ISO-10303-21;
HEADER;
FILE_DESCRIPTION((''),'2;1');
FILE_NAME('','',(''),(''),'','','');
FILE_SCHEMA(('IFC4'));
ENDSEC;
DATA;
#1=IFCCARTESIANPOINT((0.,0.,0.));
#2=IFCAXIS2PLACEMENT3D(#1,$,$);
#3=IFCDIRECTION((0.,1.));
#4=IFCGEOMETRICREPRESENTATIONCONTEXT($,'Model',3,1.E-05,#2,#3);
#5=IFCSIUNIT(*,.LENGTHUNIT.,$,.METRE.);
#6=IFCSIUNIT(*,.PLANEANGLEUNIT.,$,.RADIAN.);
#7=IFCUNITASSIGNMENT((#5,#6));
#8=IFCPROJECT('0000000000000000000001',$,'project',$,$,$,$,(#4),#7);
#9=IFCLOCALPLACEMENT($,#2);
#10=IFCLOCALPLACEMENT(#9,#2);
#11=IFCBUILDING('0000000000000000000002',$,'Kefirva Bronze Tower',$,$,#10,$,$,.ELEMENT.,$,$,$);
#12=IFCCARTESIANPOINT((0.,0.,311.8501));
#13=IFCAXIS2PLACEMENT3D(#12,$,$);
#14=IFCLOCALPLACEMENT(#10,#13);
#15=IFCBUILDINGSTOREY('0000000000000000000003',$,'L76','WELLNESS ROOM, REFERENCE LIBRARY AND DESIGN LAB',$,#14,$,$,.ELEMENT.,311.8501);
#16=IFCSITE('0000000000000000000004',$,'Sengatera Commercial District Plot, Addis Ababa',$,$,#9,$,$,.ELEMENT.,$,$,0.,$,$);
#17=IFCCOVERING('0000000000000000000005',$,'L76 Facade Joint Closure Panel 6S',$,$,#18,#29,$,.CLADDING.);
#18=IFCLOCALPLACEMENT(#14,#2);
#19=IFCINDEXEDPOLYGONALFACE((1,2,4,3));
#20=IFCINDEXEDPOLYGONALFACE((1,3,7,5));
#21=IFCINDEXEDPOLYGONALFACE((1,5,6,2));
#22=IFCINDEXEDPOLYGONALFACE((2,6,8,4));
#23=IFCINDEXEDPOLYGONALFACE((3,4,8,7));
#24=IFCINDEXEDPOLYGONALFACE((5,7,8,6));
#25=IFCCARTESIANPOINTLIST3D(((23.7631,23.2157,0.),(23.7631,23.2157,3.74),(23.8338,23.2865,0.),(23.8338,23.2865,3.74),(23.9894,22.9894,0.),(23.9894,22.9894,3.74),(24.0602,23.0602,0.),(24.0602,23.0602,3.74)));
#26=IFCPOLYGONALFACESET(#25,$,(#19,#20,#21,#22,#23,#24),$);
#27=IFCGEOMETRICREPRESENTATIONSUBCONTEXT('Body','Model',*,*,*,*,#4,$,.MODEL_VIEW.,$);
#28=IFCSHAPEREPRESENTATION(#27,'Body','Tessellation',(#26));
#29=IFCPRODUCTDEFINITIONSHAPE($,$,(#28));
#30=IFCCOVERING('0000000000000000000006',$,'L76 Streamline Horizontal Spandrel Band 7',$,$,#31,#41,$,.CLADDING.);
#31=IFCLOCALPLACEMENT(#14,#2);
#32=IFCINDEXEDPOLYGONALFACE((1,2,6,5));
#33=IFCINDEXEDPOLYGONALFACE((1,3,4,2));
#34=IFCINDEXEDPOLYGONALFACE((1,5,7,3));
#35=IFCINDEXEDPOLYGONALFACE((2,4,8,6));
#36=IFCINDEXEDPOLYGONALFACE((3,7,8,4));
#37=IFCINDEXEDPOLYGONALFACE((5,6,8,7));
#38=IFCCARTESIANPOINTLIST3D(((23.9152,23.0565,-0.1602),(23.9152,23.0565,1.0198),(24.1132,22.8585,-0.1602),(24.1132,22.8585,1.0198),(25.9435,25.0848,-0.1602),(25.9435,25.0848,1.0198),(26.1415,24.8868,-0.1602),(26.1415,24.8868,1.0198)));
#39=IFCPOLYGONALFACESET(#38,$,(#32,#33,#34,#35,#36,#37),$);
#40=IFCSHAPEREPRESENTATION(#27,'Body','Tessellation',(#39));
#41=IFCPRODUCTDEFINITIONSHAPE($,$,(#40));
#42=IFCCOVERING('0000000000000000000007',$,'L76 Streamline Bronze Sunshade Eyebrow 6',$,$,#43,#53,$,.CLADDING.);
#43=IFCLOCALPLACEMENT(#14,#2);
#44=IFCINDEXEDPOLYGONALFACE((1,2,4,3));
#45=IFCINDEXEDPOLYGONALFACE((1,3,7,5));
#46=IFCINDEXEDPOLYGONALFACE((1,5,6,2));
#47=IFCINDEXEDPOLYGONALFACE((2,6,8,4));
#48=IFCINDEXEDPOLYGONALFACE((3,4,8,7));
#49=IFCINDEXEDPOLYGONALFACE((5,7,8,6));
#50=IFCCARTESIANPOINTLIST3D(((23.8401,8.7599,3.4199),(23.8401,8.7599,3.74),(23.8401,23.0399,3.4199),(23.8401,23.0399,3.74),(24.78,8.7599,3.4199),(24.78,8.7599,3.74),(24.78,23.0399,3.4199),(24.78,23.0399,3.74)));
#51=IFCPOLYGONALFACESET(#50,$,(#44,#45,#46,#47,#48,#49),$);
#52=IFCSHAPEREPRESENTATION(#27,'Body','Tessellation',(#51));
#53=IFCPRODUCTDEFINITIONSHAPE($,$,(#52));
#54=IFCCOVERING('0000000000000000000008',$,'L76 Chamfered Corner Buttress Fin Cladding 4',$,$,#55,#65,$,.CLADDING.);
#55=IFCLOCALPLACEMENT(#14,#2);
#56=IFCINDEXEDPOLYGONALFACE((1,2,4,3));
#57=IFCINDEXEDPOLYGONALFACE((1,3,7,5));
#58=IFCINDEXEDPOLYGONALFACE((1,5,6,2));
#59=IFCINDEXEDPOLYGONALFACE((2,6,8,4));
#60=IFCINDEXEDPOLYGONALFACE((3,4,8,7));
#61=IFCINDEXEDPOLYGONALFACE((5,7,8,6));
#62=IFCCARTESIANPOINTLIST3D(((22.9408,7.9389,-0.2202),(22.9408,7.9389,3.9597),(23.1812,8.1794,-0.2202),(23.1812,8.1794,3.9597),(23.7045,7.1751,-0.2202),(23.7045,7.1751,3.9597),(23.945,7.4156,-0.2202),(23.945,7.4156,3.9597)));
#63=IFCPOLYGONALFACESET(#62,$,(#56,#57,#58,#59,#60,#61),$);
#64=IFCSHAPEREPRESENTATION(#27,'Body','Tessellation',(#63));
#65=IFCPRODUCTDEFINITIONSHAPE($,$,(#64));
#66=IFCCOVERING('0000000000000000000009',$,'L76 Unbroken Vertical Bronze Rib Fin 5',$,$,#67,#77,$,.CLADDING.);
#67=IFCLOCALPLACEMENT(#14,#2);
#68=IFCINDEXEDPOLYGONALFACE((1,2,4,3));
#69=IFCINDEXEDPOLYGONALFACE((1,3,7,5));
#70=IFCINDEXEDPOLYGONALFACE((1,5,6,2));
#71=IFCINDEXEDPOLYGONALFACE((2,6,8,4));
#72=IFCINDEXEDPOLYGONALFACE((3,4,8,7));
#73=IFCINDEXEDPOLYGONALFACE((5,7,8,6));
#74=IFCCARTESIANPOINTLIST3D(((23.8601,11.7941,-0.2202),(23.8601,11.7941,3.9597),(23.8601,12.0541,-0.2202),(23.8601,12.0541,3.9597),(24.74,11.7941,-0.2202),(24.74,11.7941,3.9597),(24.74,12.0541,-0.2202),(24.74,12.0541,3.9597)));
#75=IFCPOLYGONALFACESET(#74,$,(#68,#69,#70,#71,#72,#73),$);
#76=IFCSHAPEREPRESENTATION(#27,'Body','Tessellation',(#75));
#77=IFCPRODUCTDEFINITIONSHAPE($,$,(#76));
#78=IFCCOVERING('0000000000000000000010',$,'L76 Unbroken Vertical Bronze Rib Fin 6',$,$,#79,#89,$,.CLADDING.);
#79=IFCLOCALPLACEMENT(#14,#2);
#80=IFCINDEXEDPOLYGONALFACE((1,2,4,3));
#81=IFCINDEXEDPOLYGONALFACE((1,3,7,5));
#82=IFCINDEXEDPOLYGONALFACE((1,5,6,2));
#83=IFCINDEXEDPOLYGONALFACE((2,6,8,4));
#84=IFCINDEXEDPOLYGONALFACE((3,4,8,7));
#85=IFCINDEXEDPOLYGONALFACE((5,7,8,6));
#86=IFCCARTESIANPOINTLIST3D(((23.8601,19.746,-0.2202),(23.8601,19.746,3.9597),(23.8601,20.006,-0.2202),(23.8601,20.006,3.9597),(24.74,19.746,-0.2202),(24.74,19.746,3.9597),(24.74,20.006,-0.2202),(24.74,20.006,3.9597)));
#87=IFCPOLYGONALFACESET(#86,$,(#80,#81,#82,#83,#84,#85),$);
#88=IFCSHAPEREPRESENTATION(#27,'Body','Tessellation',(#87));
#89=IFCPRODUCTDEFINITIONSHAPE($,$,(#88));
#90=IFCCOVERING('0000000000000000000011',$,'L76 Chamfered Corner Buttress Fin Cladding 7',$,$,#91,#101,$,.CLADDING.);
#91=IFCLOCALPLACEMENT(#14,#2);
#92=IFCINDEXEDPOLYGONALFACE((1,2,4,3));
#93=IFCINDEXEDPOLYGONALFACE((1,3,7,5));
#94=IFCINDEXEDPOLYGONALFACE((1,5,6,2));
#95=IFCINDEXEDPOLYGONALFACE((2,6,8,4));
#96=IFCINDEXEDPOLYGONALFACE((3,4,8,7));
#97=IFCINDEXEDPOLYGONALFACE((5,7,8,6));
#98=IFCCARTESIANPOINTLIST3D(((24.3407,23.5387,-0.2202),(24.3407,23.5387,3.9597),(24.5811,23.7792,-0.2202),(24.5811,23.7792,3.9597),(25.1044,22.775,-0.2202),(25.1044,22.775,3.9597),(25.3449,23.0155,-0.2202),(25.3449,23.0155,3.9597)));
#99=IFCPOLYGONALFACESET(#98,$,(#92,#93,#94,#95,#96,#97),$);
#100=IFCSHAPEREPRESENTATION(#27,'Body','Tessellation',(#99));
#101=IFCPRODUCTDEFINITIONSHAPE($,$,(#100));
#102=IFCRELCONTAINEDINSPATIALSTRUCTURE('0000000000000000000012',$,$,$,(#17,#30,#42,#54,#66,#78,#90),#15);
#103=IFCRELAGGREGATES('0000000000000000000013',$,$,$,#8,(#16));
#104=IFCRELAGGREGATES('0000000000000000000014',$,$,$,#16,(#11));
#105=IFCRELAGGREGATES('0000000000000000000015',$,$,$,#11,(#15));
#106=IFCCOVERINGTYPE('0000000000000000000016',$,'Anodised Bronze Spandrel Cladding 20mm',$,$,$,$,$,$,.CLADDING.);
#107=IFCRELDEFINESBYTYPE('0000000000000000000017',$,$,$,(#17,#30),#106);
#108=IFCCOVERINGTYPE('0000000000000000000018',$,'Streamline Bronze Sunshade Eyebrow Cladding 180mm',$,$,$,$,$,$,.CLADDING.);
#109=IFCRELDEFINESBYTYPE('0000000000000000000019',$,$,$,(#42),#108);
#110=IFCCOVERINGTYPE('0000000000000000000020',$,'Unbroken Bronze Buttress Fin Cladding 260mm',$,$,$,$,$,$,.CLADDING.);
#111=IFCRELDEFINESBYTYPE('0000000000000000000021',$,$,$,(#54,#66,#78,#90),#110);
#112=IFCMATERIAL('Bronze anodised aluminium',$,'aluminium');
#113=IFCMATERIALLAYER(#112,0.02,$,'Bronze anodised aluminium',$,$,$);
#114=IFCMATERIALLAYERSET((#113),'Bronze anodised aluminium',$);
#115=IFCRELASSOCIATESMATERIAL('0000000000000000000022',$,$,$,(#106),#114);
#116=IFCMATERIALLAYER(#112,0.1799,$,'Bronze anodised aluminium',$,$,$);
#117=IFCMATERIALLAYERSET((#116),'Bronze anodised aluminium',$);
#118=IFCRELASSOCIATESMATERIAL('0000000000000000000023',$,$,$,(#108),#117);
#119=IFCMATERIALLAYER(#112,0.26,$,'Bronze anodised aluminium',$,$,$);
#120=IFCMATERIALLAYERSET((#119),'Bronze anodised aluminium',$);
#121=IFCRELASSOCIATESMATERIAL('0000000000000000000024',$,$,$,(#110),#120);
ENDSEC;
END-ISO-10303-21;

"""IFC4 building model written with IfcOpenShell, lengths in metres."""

from ifc_helpers import new_model, si_unit, direction, frame, origin, origin_2d, place, context, subcontext, project, spatial, rectangle, extrude, material, layer, layer_set, type_object, element, save


model = new_model("IFC4")

# Units and contexts
model_context = context("Model", 3, precision=1e-05, world=origin(), true_north=direction((0.0, 1.0)))
body_context = subcontext(model_context, "Body", "Model", "MODEL_VIEW")
ifc_project = project(units=[si_unit("LENGTHUNIT", "METRE"), si_unit("PLANEANGLEUNIT", "RADIAN")], contexts=[model_context])

# Site, building, storey
site_placement = place(None, origin())
site = spatial("IfcSite", under=ifc_project, at=site_placement, Name="Sengatera Commercial District Plot, Addis Ababa", CompositionType="ELEMENT", RefElevation=0.0)
building_placement = place(site_placement, origin())
building = spatial("IfcBuilding", under=site, at=building_placement, Name="Kefirva Bronze Tower", CompositionType="ELEMENT")
storey_placement = place(building_placement, frame((0.0, 0.0, 311.8501)))
storey = spatial("IfcBuildingStorey", under=building, at=storey_placement, Name="L76", Description="WELLNESS ROOM, REFERENCE LIBRARY AND DESIGN LAB", CompositionType="ELEMENT", Elevation=311.8501)

# Coverings
ifc_material_1 = material(Name="Bronze anodised aluminium", Category="aluminium")
ifc_layer_1 = layer(ifc_material_1, 0.02, Name="Bronze anodised aluminium")
ifc_layer_set_1 = layer_set([ifc_layer_1], Name="Bronze anodised aluminium")
covering_type_1 = type_object("IfcCoveringType", Name="Anodised Bronze Spandrel Cladding 20mm", PredefinedType="CLADDING", material=ifc_layer_set_1)
covering_1_placement = place(storey_placement, frame((23.9116, 23.1379, 0.0), z_axis=(0.0, 0.0, 1.0), x_axis=(0.707107, 0.707107, 0.0)))
element("IfcCovering", 1, at=covering_1_placement, inside=storey, type_object=covering_type_1, Name="L76 Facade Joint Closure Panel 6S", PredefinedType="CLADDING", context=body_context, shape_type="SweptSolid", body=[
    extrude(rectangle(XDim=0.1001, YDim=0.3201, at=origin_2d()), origin(), (0.0, 0.0, 1.0), 3.74),
])
covering_2_placement = place(storey_placement, frame((25.0283, 23.9717, -0.1602), z_axis=(0.0, 0.0, 1.0), x_axis=(0.707107, 0.707107, 0.0)))
element("IfcCovering", 2, at=covering_2_placement, inside=storey, type_object=covering_type_1, Name="L76 Streamline Horizontal Spandrel Band 7", PredefinedType="CLADDING", context=body_context, shape_type="SweptSolid", body=[
    extrude(rectangle(XDim=2.8684, YDim=0.28, at=origin_2d()), origin(), (0.0, 0.0, 1.0), 1.1799),
])
ifc_layer_2 = layer(ifc_material_1, 0.1799, Name="Bronze anodised aluminium")
ifc_layer_set_2 = layer_set([ifc_layer_2], Name="Bronze anodised aluminium")
covering_type_2 = type_object("IfcCoveringType", Name="Streamline Bronze Sunshade Eyebrow Cladding 180mm", PredefinedType="CLADDING", material=ifc_layer_set_2)
covering_3_placement = place(storey_placement, frame((24.3101, 15.8999, 3.4199), z_axis=(0.0, 0.0, 1.0), x_axis=(0.0, 1.0, 0.0)))
element("IfcCovering", 3, at=covering_3_placement, inside=storey, type_object=covering_type_2, Name="L76 Streamline Bronze Sunshade Eyebrow 6", PredefinedType="CLADDING", context=body_context, shape_type="SweptSolid", body=[
    extrude(rectangle(XDim=14.28, YDim=0.9399, at=origin_2d()), origin(), (0.0, 0.0, 1.0), 0.3201),
])
ifc_layer_3 = layer(ifc_material_1, 0.26, Name="Bronze anodised aluminium")
ifc_layer_set_3 = layer_set([ifc_layer_3], Name="Bronze anodised aluminium")
covering_type_3 = type_object("IfcCoveringType", Name="Unbroken Bronze Buttress Fin Cladding 260mm", PredefinedType="CLADDING", material=ifc_layer_set_3)
covering_4_placement = place(storey_placement, frame((23.4429, 7.6772, -0.2202), z_axis=(0.0, 0.0, 1.0), x_axis=(0.707107, 0.707107, 0.0)))
element("IfcCovering", 4, at=covering_4_placement, inside=storey, type_object=covering_type_3, Name="L76 Chamfered Corner Buttress Fin Cladding 4", PredefinedType="CLADDING", context=body_context, shape_type="SweptSolid", body=[
    extrude(rectangle(XDim=0.3401, YDim=1.0801, at=origin_2d()), origin(), (0.0, 0.0, 1.0), 4.1799),
])
for number, where, z_axis, x_axis, name in (
    (5, (24.3, 11.9241, -0.2202), (0.0, 0.0, 1.0), (0.0, 1.0, 0.0), "L76 Unbroken Vertical Bronze Rib Fin 5"),
    (6, (24.3, 19.876, -0.2202), (0.0, 0.0, 1.0), (0.0, 1.0, 0.0), "L76 Unbroken Vertical Bronze Rib Fin 6"),
):
    element("IfcCovering", number, at=place(storey_placement, frame(where, z_axis=z_axis, x_axis=x_axis)), inside=storey, type_object=covering_type_3, Name=name, PredefinedType="CLADDING", context=body_context, shape_type="SweptSolid", body=[
        extrude(rectangle(XDim=0.26, YDim=0.8799, at=origin_2d()), origin(), (0.0, 0.0, 1.0), 4.1799),
    ])
covering_5_placement = place(storey_placement, frame((24.8428, 23.2771, -0.2202), z_axis=(0.0, 0.0, 1.0), x_axis=(0.707107, 0.707107, 0.0)))
element("IfcCovering", 7, at=covering_5_placement, inside=storey, type_object=covering_type_3, Name="L76 Chamfered Corner Buttress Fin Cladding 7", PredefinedType="CLADDING", context=body_context, shape_type="SweptSolid", body=[
    extrude(rectangle(XDim=0.3401, YDim=1.0801, at=origin_2d()), origin(), (0.0, 0.0, 1.0), 4.1799),
])

save(model, "model.ifc")
